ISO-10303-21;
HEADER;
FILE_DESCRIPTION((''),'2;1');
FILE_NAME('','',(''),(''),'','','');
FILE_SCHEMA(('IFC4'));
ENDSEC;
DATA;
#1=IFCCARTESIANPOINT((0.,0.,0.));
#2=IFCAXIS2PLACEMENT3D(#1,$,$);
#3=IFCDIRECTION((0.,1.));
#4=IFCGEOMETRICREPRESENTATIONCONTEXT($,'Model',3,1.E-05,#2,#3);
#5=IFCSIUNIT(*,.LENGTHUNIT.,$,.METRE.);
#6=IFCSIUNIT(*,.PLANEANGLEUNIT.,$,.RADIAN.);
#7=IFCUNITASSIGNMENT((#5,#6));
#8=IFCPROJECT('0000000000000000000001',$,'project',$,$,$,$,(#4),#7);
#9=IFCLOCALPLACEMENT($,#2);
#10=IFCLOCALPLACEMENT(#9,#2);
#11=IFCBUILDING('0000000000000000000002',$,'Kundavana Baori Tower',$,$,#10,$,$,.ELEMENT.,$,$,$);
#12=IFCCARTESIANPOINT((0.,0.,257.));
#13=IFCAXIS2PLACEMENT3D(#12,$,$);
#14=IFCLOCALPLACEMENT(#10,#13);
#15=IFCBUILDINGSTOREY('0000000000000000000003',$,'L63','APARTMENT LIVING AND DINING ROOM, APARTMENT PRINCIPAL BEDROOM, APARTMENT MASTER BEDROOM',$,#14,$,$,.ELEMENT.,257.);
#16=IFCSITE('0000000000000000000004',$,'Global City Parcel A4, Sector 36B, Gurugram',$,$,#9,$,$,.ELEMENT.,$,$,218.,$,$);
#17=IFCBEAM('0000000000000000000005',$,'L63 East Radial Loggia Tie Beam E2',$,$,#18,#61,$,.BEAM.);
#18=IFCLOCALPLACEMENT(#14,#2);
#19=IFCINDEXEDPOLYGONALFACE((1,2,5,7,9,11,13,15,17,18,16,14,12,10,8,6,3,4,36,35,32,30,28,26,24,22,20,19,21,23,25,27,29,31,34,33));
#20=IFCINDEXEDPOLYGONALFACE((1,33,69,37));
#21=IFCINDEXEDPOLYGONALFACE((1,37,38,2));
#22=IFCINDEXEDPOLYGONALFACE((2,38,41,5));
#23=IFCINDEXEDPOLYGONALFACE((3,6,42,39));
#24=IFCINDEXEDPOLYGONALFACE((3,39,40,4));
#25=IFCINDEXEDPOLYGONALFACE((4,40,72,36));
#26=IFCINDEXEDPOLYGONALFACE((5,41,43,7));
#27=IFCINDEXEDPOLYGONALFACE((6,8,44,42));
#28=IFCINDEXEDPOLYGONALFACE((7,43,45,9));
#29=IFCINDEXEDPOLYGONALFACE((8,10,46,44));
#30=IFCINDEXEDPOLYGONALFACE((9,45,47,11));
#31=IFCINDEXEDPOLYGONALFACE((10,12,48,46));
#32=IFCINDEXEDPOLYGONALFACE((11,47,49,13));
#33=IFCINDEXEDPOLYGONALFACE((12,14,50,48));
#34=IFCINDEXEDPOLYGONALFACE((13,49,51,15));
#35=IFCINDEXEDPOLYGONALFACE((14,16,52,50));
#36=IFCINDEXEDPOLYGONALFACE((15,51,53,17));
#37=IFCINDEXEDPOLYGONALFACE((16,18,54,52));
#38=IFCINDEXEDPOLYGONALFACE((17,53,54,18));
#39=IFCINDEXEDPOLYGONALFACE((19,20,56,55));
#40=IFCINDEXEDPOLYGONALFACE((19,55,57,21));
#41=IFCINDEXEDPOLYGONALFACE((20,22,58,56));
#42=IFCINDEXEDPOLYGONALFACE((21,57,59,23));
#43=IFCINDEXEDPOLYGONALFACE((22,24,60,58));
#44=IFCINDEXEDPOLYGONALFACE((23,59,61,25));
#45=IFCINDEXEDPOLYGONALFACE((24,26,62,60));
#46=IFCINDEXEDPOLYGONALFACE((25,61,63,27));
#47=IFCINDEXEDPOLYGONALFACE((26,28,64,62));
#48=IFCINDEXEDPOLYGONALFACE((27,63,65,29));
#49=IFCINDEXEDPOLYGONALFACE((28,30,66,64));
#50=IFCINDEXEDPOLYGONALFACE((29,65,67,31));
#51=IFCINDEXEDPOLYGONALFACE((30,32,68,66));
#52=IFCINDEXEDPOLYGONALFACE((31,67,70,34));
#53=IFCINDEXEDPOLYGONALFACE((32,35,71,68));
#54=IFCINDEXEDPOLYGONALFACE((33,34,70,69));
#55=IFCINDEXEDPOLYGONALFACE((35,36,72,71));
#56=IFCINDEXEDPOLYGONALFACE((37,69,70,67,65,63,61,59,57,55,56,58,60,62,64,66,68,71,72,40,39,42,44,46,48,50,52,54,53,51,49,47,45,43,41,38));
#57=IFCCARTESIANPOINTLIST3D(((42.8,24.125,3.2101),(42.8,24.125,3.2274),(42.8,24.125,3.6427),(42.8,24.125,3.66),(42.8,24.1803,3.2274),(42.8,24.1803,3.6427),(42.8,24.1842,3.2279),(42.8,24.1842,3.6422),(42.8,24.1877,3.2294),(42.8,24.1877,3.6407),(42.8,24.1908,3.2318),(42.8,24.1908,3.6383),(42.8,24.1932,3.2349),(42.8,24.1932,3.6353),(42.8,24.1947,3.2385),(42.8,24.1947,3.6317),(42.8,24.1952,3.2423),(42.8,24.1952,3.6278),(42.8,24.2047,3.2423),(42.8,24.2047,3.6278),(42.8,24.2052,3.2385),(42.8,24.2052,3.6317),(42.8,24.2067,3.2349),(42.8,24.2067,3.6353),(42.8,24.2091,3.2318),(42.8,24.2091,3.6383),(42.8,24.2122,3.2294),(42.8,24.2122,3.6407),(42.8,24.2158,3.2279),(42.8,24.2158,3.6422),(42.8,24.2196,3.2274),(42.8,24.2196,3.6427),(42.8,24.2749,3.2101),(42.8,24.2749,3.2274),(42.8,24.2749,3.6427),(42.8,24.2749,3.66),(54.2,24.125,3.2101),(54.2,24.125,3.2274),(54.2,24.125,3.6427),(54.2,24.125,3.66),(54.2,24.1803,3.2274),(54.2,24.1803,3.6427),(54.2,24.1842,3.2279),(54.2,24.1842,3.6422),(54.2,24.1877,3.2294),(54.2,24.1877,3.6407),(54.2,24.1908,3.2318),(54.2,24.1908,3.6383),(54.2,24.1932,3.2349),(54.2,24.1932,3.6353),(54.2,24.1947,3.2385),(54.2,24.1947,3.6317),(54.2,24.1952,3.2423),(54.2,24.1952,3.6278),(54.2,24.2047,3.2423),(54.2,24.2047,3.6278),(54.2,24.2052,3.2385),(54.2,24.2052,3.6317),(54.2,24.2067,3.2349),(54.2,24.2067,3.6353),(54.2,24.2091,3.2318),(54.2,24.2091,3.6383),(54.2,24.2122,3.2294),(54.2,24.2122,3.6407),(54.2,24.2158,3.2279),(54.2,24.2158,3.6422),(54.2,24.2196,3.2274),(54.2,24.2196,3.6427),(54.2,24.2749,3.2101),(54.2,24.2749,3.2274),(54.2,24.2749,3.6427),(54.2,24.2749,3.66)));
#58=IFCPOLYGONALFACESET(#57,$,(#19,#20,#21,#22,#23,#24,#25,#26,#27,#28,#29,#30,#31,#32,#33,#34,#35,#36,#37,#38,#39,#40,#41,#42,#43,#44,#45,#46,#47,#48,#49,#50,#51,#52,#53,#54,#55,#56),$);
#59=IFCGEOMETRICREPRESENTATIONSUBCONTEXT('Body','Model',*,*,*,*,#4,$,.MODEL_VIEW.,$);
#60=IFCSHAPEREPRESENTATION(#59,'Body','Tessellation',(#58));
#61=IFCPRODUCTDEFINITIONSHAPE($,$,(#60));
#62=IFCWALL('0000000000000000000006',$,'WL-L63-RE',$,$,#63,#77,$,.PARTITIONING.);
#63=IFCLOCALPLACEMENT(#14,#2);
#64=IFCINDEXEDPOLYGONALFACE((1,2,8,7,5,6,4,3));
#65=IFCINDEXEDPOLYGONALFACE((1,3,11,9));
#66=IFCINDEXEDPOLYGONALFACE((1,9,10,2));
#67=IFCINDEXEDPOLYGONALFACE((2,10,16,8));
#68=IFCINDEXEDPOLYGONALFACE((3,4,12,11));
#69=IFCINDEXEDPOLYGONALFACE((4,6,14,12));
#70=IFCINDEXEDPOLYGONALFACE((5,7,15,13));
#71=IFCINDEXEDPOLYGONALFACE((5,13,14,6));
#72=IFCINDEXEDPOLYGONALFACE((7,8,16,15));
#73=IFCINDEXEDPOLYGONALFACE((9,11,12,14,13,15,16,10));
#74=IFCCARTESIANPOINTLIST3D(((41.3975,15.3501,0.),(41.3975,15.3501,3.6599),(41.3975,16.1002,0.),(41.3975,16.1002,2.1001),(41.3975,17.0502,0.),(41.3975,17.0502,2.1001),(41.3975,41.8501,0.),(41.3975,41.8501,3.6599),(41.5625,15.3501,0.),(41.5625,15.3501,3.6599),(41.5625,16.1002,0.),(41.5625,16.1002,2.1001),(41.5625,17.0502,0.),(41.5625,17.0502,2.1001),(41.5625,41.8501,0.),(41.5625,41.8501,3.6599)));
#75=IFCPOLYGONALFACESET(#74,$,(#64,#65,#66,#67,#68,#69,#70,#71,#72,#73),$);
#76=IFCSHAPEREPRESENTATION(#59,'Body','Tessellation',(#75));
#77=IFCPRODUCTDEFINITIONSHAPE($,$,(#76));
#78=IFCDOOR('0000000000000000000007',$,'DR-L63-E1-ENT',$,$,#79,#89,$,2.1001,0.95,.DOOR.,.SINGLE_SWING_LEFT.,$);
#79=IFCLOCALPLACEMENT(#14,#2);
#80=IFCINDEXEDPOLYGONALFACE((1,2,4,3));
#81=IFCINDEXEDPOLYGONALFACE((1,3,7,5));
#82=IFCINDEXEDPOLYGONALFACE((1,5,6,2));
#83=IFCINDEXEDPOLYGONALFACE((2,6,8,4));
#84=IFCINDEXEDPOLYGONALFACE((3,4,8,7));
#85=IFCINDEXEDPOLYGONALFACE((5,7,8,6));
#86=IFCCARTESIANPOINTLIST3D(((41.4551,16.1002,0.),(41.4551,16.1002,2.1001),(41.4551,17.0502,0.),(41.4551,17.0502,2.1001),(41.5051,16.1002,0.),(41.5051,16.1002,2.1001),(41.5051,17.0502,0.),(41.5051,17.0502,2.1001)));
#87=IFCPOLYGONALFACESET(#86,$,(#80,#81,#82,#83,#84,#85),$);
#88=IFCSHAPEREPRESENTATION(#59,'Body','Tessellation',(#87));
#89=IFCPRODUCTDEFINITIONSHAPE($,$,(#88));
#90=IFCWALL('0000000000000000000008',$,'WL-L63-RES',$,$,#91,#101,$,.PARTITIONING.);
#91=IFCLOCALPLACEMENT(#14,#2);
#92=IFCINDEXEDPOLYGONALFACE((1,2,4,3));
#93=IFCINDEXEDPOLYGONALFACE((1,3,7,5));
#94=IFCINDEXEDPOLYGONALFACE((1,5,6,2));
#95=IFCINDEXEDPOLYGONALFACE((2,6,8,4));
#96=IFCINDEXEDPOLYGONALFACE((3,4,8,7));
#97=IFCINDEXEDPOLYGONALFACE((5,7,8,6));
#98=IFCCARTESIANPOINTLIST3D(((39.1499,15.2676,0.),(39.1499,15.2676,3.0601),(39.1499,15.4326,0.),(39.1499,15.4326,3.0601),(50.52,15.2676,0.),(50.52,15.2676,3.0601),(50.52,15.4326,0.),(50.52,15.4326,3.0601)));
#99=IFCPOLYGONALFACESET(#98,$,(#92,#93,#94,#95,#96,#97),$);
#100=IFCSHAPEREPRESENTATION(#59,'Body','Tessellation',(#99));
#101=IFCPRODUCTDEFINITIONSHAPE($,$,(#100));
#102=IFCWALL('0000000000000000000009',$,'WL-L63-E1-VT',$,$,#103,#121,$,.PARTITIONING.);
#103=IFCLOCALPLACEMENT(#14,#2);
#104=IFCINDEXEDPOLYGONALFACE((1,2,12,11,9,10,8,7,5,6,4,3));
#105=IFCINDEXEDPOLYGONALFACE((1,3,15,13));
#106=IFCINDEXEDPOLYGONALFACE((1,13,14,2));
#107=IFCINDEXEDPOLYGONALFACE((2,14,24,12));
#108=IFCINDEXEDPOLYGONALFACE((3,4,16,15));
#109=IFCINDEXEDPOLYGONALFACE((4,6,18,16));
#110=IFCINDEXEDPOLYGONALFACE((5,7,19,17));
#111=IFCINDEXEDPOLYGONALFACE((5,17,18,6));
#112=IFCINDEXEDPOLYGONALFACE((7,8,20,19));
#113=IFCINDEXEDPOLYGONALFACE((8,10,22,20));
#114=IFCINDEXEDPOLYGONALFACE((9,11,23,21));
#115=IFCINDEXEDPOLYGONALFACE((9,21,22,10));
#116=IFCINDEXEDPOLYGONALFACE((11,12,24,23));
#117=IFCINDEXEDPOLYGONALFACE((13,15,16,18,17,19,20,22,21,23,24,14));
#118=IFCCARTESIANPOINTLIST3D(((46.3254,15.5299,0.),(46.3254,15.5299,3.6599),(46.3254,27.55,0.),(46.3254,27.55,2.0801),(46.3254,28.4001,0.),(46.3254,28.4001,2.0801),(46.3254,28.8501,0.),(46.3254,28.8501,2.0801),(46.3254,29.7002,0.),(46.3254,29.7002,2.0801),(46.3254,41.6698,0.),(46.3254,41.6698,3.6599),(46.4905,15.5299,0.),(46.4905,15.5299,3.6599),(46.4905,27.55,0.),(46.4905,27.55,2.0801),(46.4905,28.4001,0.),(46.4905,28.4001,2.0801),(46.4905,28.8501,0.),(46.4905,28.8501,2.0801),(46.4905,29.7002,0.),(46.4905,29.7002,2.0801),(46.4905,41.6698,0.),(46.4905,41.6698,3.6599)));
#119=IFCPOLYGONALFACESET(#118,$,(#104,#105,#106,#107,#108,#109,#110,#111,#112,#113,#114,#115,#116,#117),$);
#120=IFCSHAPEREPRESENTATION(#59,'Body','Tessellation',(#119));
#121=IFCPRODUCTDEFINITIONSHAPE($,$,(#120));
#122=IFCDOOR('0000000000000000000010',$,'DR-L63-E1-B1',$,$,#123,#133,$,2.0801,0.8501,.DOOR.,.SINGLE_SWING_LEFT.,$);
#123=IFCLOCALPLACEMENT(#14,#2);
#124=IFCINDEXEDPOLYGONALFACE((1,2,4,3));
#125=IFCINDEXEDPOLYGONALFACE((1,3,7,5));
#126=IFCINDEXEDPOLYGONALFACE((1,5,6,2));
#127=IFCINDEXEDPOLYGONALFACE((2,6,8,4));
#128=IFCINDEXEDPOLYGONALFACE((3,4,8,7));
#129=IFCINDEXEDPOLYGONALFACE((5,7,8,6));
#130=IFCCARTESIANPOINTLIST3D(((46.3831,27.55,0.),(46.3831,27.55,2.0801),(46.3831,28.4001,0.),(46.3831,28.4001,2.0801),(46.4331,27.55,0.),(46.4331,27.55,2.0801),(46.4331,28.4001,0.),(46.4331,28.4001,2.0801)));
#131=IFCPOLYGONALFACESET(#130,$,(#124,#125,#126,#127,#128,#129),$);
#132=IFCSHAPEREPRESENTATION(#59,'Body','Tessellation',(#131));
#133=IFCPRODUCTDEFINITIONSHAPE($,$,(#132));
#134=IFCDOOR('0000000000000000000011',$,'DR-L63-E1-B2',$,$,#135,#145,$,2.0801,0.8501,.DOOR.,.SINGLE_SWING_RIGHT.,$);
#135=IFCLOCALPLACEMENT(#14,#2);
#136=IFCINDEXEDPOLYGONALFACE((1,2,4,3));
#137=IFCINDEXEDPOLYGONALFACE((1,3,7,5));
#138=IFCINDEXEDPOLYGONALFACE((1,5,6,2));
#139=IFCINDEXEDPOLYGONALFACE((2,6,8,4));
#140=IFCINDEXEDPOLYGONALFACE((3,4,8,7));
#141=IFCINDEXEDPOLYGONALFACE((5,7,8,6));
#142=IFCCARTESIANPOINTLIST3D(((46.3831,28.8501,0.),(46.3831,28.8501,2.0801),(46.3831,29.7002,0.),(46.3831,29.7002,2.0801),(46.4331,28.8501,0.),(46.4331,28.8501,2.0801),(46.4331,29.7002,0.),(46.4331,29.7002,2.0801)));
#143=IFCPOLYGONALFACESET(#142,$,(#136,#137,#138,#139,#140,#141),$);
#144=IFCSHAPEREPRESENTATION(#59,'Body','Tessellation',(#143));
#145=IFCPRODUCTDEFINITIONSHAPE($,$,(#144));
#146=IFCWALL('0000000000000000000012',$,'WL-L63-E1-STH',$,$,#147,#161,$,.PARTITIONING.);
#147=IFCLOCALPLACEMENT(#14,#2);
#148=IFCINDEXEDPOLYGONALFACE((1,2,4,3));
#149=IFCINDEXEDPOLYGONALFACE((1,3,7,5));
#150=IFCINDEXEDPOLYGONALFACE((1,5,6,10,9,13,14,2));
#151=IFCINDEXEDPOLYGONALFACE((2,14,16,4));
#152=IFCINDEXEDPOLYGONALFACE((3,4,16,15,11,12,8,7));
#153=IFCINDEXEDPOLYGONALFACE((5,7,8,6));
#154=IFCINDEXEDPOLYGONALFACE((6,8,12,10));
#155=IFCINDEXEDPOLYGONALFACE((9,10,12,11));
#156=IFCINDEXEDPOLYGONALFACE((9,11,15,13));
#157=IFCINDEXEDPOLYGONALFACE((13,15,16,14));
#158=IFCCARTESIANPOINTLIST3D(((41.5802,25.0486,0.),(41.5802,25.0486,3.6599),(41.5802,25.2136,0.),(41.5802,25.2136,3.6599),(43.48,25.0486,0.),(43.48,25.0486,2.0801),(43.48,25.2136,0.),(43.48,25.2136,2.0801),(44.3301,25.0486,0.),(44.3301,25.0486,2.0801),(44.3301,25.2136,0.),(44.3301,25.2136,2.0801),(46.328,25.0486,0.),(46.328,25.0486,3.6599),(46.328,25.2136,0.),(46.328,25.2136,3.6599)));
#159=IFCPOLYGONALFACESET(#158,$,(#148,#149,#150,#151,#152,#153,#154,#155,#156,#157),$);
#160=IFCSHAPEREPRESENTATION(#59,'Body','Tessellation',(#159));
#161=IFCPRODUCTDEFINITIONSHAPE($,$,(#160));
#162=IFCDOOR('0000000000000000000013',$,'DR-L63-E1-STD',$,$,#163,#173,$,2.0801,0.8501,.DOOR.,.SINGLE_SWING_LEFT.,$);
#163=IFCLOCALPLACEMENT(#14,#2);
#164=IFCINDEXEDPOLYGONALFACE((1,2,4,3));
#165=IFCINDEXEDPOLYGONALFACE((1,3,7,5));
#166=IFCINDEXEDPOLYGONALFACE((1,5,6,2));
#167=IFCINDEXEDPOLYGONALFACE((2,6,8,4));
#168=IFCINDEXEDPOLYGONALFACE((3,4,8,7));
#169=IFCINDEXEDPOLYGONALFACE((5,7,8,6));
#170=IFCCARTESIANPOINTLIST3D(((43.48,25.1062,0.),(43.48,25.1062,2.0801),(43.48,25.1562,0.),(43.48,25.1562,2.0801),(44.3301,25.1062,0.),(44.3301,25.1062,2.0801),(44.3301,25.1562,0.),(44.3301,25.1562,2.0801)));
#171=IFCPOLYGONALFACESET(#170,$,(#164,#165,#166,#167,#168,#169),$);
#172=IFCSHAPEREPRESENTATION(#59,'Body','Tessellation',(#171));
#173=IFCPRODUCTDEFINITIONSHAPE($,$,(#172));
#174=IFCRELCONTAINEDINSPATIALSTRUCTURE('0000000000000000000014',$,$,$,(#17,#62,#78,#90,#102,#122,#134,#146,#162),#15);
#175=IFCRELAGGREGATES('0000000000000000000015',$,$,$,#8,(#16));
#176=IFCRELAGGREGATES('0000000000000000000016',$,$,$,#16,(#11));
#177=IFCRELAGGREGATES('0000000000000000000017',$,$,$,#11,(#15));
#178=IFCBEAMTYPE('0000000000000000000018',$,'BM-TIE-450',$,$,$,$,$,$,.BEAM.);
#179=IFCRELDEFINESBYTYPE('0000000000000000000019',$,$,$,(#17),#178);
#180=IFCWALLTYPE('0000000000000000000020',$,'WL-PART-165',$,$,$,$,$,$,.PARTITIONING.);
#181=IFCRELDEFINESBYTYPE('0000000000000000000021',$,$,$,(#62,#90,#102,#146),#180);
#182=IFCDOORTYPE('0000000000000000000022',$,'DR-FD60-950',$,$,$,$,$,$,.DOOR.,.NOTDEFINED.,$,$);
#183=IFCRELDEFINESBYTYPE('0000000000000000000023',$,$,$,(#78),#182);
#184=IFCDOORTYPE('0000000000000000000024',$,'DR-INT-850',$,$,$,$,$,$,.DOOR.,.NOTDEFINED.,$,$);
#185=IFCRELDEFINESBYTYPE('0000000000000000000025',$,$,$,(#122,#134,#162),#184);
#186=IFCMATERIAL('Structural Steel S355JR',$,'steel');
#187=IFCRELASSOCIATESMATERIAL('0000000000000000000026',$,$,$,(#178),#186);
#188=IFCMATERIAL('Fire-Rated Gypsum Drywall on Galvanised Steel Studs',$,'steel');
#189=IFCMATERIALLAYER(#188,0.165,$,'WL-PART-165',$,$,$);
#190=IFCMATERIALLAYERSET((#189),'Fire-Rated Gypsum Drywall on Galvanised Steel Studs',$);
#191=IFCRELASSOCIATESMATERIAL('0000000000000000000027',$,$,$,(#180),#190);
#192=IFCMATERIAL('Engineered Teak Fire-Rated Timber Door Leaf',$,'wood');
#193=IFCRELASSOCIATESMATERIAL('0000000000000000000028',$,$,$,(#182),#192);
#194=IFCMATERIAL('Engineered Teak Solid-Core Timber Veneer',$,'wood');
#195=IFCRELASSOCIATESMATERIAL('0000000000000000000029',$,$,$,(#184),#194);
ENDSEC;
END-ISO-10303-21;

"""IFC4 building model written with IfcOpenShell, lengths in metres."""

from ifc_helpers import new_model, si_unit, direction, frame, frame_2d, origin, origin_2d, place, context, subcontext, project, spatial, rectangle, i_section, extrude, material, layer, layer_set, material_profile, profile_set, type_object, element, fill, save


model = new_model("IFC4")

# Units and contexts
model_context = context("Model", 3, precision=1e-05, world=origin(), true_north=direction((0.0, 1.0)))
body_context = subcontext(model_context, "Body", "Model", "MODEL_VIEW")
ifc_project = project(units=[si_unit("LENGTHUNIT", "METRE"), si_unit("PLANEANGLEUNIT", "RADIAN")], contexts=[model_context])

# Site, building, storey
site_placement = place(None, origin())
site = spatial("IfcSite", under=ifc_project, at=site_placement, Name="Global City Parcel A4, Sector 36B, Gurugram", CompositionType="ELEMENT", RefElevation=218.0)
building_placement = place(site_placement, origin())
building = spatial("IfcBuilding", under=site, at=building_placement, Name="Kundavana Baori Tower", CompositionType="ELEMENT")
storey_placement = place(building_placement, frame((0.0, 0.0, 257.0)))
storey = spatial("IfcBuildingStorey", under=building, at=storey_placement, Name="L63", Description="APARTMENT LIVING AND DINING ROOM, APARTMENT PRINCIPAL BEDROOM, APARTMENT MASTER BEDROOM", CompositionType="ELEMENT", Elevation=257.0)

# Beam
ifc_material_1 = material(Name="Structural Steel S355JR", Category="steel")
ifc_material_profile_1 = material_profile(ifc_material_1, i_section(OverallWidth=0.1499, OverallDepth=0.45, WebThickness=0.0095, FlangeThickness=0.0173, FilletRadius=0.0149, at=origin_2d()), Name="ISMB 450")
ifc_profile_set_1 = profile_set([ifc_material_profile_1], Name="Structural Steel S355JR")
beam_type_1 = type_object("IfcBeamType", Name="BM-TIE-450", PredefinedType="BEAM", material=ifc_profile_set_1)
beam_1_placement = place(storey_placement, frame((42.8, 24.2, 3.4351), z_axis=(1.0, 0.0, 0.0), x_axis=(0.0, 1.0, 0.0)))
element("IfcBeam", 1, at=beam_1_placement, inside=storey, type_object=beam_type_1, Name="L63 East Radial Loggia Tie Beam E2", PredefinedType="BEAM", context=body_context, shape_type="SweptSolid", body=[
    extrude(i_section(OverallWidth=0.1499, OverallDepth=0.45, WebThickness=0.0095, FlangeThickness=0.0173, FilletRadius=0.0149, at=origin_2d()), origin(), (0.0, 0.0, 1.0), 11.3999),
])

# Wall, opening, door
ifc_material_2 = material(Name="Fire-Rated Gypsum Drywall on Galvanised Steel Studs", Category="steel")
ifc_layer_1 = layer(ifc_material_2, 0.165, Name="WL-PART-165")
ifc_layer_set_1 = layer_set([ifc_layer_1], Name="Fire-Rated Gypsum Drywall on Galvanised Steel Studs")
wall_type_1 = type_object("IfcWallType", Name="WL-PART-165", PredefinedType="PARTITIONING", material=ifc_layer_set_1)
wall_1_placement = place(storey_placement, frame((41.48, 15.3501, 0.0), z_axis=(0.0, 0.0, 1.0), x_axis=(0.0, 1.0, 0.0)))
wall_1 = element("IfcWall", 2, at=wall_1_placement, inside=storey, type_object=wall_type_1, Name="WL-L63-RE", PredefinedType="PARTITIONING", context=body_context, shape_type="SweptSolid", body=[
    extrude(rectangle(XDim=26.5, YDim=0.165, at=frame_2d((13.25, 0.0))), origin(), (0.0, 0.0, 1.0), 3.6599),
])
opening_1_placement = place(wall_1_placement, frame((0.75, 0.0, 0.0)))
opening_1 = element("IfcOpeningElement", 3, at=opening_1_placement, cuts=wall_1, PredefinedType="OPENING", context=body_context, shape_type="SweptSolid", body=[
    extrude(rectangle(XDim=0.95, YDim=2.1001, at=frame_2d((0.4751, 1.05))), frame((0.0, 0.0925, 0.0), z_axis=(0.0, -1.0, 0.0), x_axis=(1.0, 0.0, 0.0)), (0.0, 0.0, 1.0), 0.1851),
])
ifc_material_3 = material(Name="Engineered Teak Fire-Rated Timber Door Leaf", Category="wood")
door_type_1 = type_object("IfcDoorType", Name="DR-FD60-950", OperationType="NOTDEFINED", PredefinedType="DOOR", material=ifc_material_3)
door_1_placement = place(opening_1_placement, origin())
door_1 = element("IfcDoor", 4, at=door_1_placement, inside=storey, type_object=door_type_1, Name="DR-L63-E1-ENT", OperationType="SINGLE_SWING_LEFT", OverallHeight=2.1001, OverallWidth=0.95, PredefinedType="DOOR", context=body_context, shape_type="SweptSolid", body=[
    extrude(rectangle(XDim=0.95, YDim=2.1001, at=frame_2d((0.4751, 1.05))), frame((0.0, 0.0249, 0.0), z_axis=(0.0, -1.0, 0.0), x_axis=(1.0, 0.0, 0.0)), (0.0, 0.0, 1.0), 0.05),
])
fill(opening_1, door_1)

# Wall
wall_2_placement = place(storey_placement, frame((39.1499, 15.3501, 0.0), z_axis=(0.0, 0.0, 1.0), x_axis=(1.0, 0.0, 0.0)))
element("IfcWall", 5, at=wall_2_placement, inside=storey, type_object=wall_type_1, Name="WL-L63-RES", PredefinedType="PARTITIONING", context=body_context, shape_type="SweptSolid", body=[
    extrude(rectangle(XDim=11.3701, YDim=0.165, at=frame_2d((5.6851, 0.0))), origin(), (0.0, 0.0, 1.0), 3.0601),
])

# Wall, openings, doors
wall_3_placement = place(storey_placement, frame((46.408, 15.53, 0.0), z_axis=(0.0, 0.0, 1.0), x_axis=(0.0, 1.0, 0.0)))
wall_3 = element("IfcWall", 6, at=wall_3_placement, inside=storey, type_object=wall_type_1, Name="WL-L63-E1-VT", PredefinedType="PARTITIONING", context=body_context, shape_type="SweptSolid", body=[
    extrude(rectangle(XDim=26.1399, YDim=0.165, at=frame_2d((13.0698, 0.0))), origin(), (0.0, 0.0, 1.0), 3.6599),
])
opening_2_placement = place(wall_3_placement, frame((12.02, 0.0, 0.0)))
opening_2 = element("IfcOpeningElement", 7, at=opening_2_placement, cuts=wall_3, PredefinedType="OPENING", context=body_context, shape_type="SweptSolid", body=[
    extrude(rectangle(XDim=0.8501, YDim=2.0801, at=frame_2d((0.425, 1.04))), frame((0.0, 0.0925, 0.0), z_axis=(0.0, -1.0, 0.0), x_axis=(1.0, 0.0, 0.0)), (0.0, 0.0, 1.0), 0.1851),
])
opening_3_placement = place(wall_3_placement, frame((13.3201, 0.0, 0.0)))
opening_3 = element("IfcOpeningElement", 8, at=opening_3_placement, cuts=wall_3, PredefinedType="OPENING", context=body_context, shape_type="SweptSolid", body=[
    extrude(rectangle(XDim=0.8501, YDim=2.0801, at=frame_2d((0.425, 1.04))), frame((0.0, 0.0925, 0.0), z_axis=(0.0, -1.0, 0.0), x_axis=(1.0, 0.0, 0.0)), (0.0, 0.0, 1.0), 0.1851),
])
ifc_material_4 = material(Name="Engineered Teak Solid-Core Timber Veneer", Category="wood")
door_type_2 = type_object("IfcDoorType", Name="DR-INT-850", OperationType="NOTDEFINED", PredefinedType="DOOR", material=ifc_material_4)
door_2_placement = place(opening_2_placement, origin())
door_2 = element("IfcDoor", 9, at=door_2_placement, inside=storey, type_object=door_type_2, Name="DR-L63-E1-B1", OperationType="SINGLE_SWING_LEFT", OverallHeight=2.0801, OverallWidth=0.8501, PredefinedType="DOOR", context=body_context, shape_type="SweptSolid", body=[
    extrude(rectangle(XDim=0.8501, YDim=2.0801, at=frame_2d((0.425, 1.04))), frame((0.0, 0.0249, 0.0), z_axis=(0.0, -1.0, 0.0), x_axis=(1.0, 0.0, 0.0)), (0.0, 0.0, 1.0), 0.05),
])
fill(opening_2, door_2)
door_3_placement = place(opening_3_placement, origin())
door_3 = element("IfcDoor", 10, at=door_3_placement, inside=storey, type_object=door_type_2, Name="DR-L63-E1-B2", OperationType="SINGLE_SWING_RIGHT", OverallHeight=2.0801, OverallWidth=0.8501, PredefinedType="DOOR", context=body_context, shape_type="SweptSolid", body=[
    extrude(rectangle(XDim=0.8501, YDim=2.0801, at=frame_2d((0.425, 1.04))), frame((0.0, 0.0249, 0.0), z_axis=(0.0, -1.0, 0.0), x_axis=(1.0, 0.0, 0.0)), (0.0, 0.0, 1.0), 0.05),
])
fill(opening_3, door_3)

# Wall, opening, door
wall_4_placement = place(storey_placement, frame((41.5801, 25.1311, 0.0), z_axis=(0.0, 0.0, 1.0), x_axis=(1.0, 0.0, 0.0)))
wall_4 = element("IfcWall", 11, at=wall_4_placement, inside=storey, type_object=wall_type_1, Name="WL-L63-E1-STH", PredefinedType="PARTITIONING", context=body_context, shape_type="SweptSolid", body=[
    extrude(rectangle(XDim=4.7478, YDim=0.165, at=frame_2d((2.374, 0.0))), origin(), (0.0, 0.0, 1.0), 3.6599),
])
opening_4_placement = place(wall_4_placement, frame((1.8999, 0.0, 0.0)))
opening_4 = element("IfcOpeningElement", 12, at=opening_4_placement, cuts=wall_4, PredefinedType="OPENING", context=body_context, shape_type="SweptSolid", body=[
    extrude(rectangle(XDim=0.8501, YDim=2.0801, at=frame_2d((0.425, 1.04))), frame((0.0, 0.0925, 0.0), z_axis=(0.0, -1.0, 0.0), x_axis=(1.0, 0.0, 0.0)), (0.0, 0.0, 1.0), 0.1851),
])
door_4_placement = place(opening_4_placement, frame((0.8501, 0.0, 0.0), z_axis=(0.0, 0.0, 1.0), x_axis=(-1.0, 0.0, 0.0)))
door_4 = element("IfcDoor", 13, at=door_4_placement, inside=storey, type_object=door_type_2, Name="DR-L63-E1-STD", OperationType="SINGLE_SWING_LEFT", OverallHeight=2.0801, OverallWidth=0.8501, PredefinedType="DOOR", context=body_context, shape_type="SweptSolid", body=[
    extrude(rectangle(XDim=0.8501, YDim=2.0801, at=frame_2d((0.425, 1.04))), frame((0.0, 0.0249, 0.0), z_axis=(0.0, -1.0, 0.0), x_axis=(1.0, 0.0, 0.0)), (0.0, 0.0, 1.0), 0.05),
])
fill(opening_4, door_4)

save(model, "model.ifc")
